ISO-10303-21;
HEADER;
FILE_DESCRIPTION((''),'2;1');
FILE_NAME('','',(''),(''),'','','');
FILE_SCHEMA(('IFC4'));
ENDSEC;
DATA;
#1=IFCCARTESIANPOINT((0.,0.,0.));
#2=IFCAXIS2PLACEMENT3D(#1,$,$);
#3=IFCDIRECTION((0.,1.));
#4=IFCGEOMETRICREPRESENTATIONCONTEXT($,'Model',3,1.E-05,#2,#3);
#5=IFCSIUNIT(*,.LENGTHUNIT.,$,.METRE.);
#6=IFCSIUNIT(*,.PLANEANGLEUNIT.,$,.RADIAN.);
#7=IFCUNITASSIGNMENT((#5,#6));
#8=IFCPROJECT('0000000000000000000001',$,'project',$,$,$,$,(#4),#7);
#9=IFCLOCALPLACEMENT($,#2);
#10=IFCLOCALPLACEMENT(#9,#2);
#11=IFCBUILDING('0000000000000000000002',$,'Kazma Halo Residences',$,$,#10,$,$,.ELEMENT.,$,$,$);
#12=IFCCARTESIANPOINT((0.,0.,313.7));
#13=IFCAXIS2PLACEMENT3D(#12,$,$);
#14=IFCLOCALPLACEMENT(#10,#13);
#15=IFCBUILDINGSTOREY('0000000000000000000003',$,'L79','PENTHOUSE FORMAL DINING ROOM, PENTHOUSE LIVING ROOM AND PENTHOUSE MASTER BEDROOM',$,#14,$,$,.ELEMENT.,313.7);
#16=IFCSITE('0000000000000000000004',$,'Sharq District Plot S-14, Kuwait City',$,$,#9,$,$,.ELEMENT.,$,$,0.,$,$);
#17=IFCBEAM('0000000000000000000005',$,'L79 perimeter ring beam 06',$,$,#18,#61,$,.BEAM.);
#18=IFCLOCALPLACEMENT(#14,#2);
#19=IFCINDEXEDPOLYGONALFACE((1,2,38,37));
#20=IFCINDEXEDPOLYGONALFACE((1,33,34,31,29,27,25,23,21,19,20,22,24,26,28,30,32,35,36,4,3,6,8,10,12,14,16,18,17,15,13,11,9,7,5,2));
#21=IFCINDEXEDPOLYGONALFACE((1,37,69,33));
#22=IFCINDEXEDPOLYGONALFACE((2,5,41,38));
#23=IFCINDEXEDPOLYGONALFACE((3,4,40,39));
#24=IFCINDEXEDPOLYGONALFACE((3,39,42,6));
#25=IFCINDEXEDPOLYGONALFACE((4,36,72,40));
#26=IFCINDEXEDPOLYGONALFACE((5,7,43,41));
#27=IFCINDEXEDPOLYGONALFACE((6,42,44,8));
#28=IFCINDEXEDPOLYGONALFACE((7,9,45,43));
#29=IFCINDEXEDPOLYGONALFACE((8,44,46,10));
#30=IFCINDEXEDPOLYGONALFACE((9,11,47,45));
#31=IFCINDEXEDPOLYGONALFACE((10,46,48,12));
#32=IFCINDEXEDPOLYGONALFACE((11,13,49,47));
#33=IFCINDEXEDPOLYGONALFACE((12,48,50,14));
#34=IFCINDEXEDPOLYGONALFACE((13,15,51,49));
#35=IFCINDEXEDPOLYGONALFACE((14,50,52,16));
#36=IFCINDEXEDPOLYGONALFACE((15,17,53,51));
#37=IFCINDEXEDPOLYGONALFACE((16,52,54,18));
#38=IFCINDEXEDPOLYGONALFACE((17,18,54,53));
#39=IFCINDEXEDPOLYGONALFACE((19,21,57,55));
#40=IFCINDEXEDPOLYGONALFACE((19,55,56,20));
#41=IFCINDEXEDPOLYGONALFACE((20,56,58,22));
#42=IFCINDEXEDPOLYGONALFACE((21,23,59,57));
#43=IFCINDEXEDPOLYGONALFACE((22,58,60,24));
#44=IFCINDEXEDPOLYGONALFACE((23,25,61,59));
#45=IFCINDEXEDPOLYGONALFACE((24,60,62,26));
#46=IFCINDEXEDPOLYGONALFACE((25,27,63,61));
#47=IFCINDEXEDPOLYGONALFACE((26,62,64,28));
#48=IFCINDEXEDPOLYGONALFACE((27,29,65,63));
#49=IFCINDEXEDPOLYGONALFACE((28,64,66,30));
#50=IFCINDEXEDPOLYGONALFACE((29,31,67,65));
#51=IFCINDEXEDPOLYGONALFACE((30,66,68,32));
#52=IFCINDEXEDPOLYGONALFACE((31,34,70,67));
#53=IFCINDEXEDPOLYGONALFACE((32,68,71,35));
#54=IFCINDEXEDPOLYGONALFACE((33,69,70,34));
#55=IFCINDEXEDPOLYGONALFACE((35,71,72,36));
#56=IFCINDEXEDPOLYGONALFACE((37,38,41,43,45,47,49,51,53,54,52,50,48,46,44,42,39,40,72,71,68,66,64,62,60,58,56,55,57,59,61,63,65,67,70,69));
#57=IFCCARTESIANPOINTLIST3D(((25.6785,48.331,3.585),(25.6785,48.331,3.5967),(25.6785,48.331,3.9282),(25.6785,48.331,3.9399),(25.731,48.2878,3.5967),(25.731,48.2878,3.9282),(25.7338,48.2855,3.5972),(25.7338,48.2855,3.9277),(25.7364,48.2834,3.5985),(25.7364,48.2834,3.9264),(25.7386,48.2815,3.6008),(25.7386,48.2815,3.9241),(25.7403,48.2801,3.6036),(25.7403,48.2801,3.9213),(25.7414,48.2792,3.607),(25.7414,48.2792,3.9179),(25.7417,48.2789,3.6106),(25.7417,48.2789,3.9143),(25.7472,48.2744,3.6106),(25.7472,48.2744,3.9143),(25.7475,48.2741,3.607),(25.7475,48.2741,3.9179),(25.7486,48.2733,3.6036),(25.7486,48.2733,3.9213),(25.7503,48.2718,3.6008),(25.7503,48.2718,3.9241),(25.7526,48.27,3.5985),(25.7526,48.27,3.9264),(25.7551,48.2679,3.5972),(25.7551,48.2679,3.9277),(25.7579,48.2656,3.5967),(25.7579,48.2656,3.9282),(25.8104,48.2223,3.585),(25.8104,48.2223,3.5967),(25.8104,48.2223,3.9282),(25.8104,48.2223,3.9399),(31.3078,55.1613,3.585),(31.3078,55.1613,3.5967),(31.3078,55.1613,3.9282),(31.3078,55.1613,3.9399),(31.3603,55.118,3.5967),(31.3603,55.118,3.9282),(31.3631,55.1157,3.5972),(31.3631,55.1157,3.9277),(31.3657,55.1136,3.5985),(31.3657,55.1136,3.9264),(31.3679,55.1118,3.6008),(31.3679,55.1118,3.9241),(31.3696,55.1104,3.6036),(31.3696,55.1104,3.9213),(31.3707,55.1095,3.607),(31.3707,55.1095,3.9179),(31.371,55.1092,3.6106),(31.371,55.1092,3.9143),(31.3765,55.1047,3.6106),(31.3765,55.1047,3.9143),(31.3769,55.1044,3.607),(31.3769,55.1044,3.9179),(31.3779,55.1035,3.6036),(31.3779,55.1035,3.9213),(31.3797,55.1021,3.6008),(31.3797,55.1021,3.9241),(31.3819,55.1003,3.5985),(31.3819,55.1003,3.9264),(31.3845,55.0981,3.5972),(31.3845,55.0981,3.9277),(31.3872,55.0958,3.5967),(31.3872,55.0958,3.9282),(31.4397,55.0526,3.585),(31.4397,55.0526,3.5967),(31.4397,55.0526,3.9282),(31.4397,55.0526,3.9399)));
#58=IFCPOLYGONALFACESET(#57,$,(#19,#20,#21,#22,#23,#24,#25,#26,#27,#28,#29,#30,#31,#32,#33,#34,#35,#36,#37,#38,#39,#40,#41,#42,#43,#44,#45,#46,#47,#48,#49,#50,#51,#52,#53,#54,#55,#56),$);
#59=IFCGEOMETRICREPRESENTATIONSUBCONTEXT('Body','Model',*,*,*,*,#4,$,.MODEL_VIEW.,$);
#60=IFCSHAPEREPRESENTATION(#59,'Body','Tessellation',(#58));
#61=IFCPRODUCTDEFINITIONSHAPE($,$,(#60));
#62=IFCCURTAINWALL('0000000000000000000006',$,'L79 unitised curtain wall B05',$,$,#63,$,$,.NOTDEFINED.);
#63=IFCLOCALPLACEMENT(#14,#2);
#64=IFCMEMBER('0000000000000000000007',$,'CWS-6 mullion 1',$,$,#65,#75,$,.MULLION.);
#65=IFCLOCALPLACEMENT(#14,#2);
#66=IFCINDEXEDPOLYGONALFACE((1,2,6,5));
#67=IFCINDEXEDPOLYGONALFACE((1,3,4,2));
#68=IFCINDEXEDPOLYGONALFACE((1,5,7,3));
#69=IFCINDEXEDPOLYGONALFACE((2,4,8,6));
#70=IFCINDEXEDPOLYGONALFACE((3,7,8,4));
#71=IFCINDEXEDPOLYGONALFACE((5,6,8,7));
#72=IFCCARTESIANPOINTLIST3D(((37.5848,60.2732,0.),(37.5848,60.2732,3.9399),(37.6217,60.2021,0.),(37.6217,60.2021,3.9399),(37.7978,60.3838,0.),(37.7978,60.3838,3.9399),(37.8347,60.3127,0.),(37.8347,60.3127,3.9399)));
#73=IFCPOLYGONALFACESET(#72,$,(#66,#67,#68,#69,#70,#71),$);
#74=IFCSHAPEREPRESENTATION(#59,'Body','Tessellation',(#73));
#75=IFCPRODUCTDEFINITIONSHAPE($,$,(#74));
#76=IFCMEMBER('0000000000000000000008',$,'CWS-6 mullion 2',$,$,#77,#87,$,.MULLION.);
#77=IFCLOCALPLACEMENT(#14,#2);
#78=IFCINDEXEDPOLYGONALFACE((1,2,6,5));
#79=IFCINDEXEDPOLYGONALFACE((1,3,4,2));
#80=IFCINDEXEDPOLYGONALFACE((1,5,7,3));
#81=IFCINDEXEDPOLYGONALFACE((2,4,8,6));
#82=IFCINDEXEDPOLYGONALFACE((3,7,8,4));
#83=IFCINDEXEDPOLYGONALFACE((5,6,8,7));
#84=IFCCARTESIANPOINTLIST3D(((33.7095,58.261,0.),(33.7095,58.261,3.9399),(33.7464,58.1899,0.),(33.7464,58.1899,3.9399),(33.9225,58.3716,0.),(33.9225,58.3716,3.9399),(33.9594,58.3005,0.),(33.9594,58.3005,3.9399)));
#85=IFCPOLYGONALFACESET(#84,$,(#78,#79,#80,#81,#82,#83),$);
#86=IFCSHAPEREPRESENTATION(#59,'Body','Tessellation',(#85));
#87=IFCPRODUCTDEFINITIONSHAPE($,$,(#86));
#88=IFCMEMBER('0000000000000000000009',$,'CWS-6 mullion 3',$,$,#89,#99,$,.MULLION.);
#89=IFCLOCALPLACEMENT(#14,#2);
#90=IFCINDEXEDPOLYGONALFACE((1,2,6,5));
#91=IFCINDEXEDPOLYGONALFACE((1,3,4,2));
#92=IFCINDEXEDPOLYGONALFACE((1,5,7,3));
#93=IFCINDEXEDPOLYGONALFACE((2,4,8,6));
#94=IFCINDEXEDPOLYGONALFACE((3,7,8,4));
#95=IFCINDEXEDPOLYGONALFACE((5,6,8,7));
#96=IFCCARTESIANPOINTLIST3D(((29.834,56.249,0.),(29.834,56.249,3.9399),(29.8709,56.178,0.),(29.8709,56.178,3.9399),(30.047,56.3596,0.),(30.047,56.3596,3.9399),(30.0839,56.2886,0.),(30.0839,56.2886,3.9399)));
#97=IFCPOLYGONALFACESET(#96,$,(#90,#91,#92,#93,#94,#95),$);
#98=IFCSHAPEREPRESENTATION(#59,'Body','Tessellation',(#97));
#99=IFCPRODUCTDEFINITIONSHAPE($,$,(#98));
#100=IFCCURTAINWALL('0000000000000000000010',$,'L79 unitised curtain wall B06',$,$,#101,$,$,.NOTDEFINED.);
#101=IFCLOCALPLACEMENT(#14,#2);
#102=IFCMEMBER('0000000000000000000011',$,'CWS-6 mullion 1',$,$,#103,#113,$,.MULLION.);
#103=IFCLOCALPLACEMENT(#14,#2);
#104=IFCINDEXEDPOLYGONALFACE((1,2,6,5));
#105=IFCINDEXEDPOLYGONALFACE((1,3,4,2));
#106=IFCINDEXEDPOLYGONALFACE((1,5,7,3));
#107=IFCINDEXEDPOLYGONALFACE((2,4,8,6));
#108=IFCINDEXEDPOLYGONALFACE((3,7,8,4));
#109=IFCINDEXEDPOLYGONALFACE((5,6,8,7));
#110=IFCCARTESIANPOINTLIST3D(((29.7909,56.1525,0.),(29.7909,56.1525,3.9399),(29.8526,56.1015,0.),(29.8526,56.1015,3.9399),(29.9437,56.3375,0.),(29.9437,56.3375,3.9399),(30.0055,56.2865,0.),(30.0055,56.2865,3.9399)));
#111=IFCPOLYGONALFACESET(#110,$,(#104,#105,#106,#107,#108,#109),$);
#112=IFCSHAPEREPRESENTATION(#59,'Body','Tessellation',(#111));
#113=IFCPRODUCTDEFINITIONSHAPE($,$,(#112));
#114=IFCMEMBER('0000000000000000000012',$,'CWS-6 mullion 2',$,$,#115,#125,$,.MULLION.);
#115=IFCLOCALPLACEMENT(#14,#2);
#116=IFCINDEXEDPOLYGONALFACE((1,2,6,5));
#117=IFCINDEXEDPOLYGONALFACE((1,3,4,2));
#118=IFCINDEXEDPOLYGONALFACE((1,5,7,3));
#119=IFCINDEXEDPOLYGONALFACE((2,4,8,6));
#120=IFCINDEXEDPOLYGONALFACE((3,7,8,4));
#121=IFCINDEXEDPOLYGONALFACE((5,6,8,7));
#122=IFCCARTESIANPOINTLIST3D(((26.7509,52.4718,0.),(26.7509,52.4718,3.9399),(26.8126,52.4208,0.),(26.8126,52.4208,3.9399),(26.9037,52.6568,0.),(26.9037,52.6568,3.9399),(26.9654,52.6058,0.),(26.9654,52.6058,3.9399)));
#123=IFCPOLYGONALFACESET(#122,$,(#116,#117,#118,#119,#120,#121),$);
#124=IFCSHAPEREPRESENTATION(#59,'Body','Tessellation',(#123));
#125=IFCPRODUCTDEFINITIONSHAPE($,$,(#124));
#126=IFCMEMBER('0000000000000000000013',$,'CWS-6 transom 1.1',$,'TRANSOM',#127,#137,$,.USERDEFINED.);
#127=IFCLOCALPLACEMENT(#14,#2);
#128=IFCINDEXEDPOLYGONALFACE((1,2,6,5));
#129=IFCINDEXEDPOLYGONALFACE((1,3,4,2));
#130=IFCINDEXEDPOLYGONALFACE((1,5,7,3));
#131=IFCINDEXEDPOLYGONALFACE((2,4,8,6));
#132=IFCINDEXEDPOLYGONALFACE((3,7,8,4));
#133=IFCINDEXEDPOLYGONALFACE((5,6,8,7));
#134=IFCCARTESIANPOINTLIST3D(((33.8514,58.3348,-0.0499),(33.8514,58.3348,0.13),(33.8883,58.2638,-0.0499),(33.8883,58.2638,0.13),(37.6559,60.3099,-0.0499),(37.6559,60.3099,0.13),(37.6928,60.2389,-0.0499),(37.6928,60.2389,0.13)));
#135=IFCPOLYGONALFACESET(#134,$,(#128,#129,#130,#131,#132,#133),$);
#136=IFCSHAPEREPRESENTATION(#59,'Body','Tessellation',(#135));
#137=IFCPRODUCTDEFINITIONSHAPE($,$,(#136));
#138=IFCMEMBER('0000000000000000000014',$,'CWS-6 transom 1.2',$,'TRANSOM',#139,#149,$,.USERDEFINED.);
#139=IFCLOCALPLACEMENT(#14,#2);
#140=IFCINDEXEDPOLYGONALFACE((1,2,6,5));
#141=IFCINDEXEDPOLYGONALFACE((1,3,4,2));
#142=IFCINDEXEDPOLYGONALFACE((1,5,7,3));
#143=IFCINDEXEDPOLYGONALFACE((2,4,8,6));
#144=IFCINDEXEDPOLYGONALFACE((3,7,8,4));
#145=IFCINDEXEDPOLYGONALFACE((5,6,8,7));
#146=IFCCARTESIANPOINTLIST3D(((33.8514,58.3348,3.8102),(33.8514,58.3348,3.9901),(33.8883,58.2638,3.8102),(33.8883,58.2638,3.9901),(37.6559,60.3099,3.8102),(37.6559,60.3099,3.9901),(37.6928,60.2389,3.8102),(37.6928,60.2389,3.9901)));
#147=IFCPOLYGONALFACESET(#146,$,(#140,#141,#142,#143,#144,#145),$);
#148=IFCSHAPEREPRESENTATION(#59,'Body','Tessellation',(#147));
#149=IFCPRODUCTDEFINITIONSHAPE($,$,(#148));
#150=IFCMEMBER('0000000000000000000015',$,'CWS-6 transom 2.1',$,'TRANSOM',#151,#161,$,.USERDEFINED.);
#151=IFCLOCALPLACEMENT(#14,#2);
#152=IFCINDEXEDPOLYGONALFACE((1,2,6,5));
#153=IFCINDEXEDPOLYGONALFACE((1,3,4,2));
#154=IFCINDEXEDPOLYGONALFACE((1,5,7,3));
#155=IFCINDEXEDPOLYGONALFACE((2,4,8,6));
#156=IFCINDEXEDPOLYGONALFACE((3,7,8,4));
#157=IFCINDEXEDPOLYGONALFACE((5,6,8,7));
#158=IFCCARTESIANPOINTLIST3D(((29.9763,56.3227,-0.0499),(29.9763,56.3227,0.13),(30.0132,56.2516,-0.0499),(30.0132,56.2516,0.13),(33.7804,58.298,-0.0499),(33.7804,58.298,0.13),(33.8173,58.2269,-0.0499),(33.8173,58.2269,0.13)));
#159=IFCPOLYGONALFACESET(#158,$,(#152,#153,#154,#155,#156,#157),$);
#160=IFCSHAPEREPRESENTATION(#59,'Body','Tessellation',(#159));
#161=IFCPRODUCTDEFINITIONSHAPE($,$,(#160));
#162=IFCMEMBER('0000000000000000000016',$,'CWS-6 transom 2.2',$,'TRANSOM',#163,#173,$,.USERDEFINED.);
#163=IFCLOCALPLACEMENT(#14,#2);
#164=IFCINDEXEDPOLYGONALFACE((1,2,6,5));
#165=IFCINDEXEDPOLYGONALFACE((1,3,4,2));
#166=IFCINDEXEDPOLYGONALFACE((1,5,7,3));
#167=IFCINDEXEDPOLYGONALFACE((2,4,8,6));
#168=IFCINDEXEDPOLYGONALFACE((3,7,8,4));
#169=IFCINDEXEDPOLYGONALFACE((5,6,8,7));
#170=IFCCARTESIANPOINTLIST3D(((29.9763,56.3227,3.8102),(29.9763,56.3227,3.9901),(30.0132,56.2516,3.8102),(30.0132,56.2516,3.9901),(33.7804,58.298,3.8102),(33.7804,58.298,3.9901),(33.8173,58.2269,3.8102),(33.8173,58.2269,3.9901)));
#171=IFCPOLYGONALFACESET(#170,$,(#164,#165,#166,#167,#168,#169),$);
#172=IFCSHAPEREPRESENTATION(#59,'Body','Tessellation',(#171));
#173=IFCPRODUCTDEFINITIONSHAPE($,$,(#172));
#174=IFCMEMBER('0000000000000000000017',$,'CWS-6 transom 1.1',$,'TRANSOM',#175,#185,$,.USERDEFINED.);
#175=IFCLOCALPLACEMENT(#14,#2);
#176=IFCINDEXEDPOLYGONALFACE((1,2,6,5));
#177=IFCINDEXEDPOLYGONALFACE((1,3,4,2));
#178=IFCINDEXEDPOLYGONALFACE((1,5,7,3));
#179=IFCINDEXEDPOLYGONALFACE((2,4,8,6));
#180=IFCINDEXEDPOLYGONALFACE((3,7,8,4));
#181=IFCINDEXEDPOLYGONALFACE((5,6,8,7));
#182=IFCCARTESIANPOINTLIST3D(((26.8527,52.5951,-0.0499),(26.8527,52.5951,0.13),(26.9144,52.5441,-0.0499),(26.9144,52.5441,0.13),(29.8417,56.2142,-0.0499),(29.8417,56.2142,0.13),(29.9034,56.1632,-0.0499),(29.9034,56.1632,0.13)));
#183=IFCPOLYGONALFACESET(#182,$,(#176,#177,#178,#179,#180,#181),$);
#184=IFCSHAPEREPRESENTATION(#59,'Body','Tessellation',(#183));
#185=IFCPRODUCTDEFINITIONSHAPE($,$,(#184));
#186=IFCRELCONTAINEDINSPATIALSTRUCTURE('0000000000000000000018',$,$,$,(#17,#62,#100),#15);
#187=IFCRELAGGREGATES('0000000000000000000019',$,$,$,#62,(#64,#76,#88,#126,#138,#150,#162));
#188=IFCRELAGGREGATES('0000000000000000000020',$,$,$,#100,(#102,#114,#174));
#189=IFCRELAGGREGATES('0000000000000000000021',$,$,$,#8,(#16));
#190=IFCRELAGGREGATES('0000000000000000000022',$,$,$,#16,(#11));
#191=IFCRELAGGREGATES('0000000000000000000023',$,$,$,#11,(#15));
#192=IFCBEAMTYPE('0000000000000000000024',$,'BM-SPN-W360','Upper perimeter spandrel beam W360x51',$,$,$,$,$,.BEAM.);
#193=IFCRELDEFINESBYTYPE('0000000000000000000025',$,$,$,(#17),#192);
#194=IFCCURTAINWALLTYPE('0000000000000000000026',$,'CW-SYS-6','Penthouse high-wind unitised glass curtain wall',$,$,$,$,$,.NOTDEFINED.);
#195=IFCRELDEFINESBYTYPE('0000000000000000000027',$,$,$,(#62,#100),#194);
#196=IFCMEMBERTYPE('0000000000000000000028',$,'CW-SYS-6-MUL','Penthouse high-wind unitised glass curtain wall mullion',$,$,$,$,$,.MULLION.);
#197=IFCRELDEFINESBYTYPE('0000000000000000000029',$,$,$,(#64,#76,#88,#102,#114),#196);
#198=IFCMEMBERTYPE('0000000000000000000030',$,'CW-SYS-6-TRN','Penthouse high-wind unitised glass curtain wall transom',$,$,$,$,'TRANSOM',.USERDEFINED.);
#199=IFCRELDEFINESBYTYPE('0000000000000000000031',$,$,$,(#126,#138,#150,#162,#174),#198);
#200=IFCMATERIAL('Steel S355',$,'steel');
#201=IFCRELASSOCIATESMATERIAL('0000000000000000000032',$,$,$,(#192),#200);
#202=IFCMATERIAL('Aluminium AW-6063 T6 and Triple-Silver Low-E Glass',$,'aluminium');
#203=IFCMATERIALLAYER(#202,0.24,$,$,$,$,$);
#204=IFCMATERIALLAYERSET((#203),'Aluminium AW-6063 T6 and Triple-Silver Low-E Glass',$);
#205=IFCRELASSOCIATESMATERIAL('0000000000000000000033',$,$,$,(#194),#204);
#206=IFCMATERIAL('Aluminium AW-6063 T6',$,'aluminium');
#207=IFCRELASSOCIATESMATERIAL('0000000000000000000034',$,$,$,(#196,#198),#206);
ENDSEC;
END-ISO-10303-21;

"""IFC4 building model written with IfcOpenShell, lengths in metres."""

from ifc_helpers import new_model, si_unit, direction, frame, origin, origin_2d, place, context, subcontext, project, spatial, rectangle, i_section, extrude, material, layer, layer_set, material_profile, profile_set, type_object, element, aggregate, save


model = new_model("IFC4")

# Units and contexts
model_context = context("Model", 3, precision=1e-05, world=origin(), true_north=direction((0.0, 1.0)))
body_context = subcontext(model_context, "Body", "Model", "MODEL_VIEW")
ifc_project = project(units=[si_unit("LENGTHUNIT", "METRE"), si_unit("PLANEANGLEUNIT", "RADIAN")], contexts=[model_context])

# Site, building, storey
site_placement = place(None, origin())
site = spatial("IfcSite", under=ifc_project, at=site_placement, Name="Sharq District Plot S-14, Kuwait City", CompositionType="ELEMENT", RefElevation=0.0)
building_placement = place(site_placement, origin())
building = spatial("IfcBuilding", under=site, at=building_placement, Name="Kazma Halo Residences", CompositionType="ELEMENT")
storey_placement = place(building_placement, frame((0.0, 0.0, 313.7)))
storey = spatial("IfcBuildingStorey", under=building, at=storey_placement, Name="L79", Description="PENTHOUSE FORMAL DINING ROOM, PENTHOUSE LIVING ROOM AND PENTHOUSE MASTER BEDROOM", CompositionType="ELEMENT", Elevation=313.7)

# Beam
ifc_material_1 = material(Name="Steel S355", Category="steel")
ifc_material_profile_1 = material_profile(ifc_material_1, i_section(OverallWidth=0.1709, OverallDepth=0.355, WebThickness=0.0071, FlangeThickness=0.0117, FilletRadius=0.0139, at=origin_2d()), Name="W360x51")
ifc_profile_set_1 = profile_set([ifc_material_profile_1], Name="Steel S355")
beam_type_1 = type_object("IfcBeamType", Name="BM-SPN-W360", Description="Upper perimeter spandrel beam W360x51", PredefinedType="BEAM", material=ifc_profile_set_1)
beam_1_placement = place(storey_placement, frame((31.3738, 55.1069, 3.7625), z_axis=(-0.636005, -0.771685, 0.0), x_axis=(0.771685, -0.636005, 0.0)))
element("IfcBeam", 1, at=beam_1_placement, inside=storey, type_object=beam_type_1, Name="L79 perimeter ring beam 06", PredefinedType="BEAM", context=body_context, shape_type="SweptSolid", body=[
    extrude(i_section(OverallWidth=0.1709, OverallDepth=0.355, WebThickness=0.0071, FlangeThickness=0.0117, FilletRadius=0.0139, at=origin_2d()), origin(), (0.0, 0.0, 1.0), 8.8511),
])

# Curtain walls, members
ifc_material_2 = material(Name="Aluminium AW-6063 T6 and Triple-Silver Low-E Glass", Category="aluminium")
ifc_layer_1 = layer(ifc_material_2, 0.24)
ifc_layer_set_1 = layer_set([ifc_layer_1], Name="Aluminium AW-6063 T6 and Triple-Silver Low-E Glass")
curtain_wall_type = type_object("IfcCurtainWallType", Name="CW-SYS-6", Description="Penthouse high-wind unitised glass curtain wall", PredefinedType="NOTDEFINED", material=ifc_layer_set_1)
curtain_wall_1_placement = place(storey_placement, origin())
curtain_wall_1 = element("IfcCurtainWall", 2, at=curtain_wall_1_placement, inside=storey, type_object=curtain_wall_type, Name="L79 unitised curtain wall B05", PredefinedType="NOTDEFINED")
ifc_material_3 = material(Name="Aluminium AW-6063 T6", Category="aluminium")
ifc_material_profile_2 = material_profile(ifc_material_3, rectangle(XDim=0.0801, YDim=0.24, at=origin_2d()), Name="CWM-80x240")
ifc_profile_set_2 = profile_set([ifc_material_profile_2], Name="Aluminium AW-6063 T6")
member_type_1 = type_object("IfcMemberType", Name="CW-SYS-6-MUL", Description="Penthouse high-wind unitised glass curtain wall mullion", PredefinedType="MULLION", material=ifc_profile_set_2)
member_1_placement = place(storey_placement, frame((37.7097, 60.293, 0.0), z_axis=(0.0, 0.0, 1.0), x_axis=(0.460796, -0.887506, 0.0)))
member_1 = element("IfcMember", 3, at=member_1_placement, type_object=member_type_1, Name="CWS-6 mullion 1", PredefinedType="MULLION", context=body_context, shape_type="SweptSolid", body=[
    extrude(rectangle(XDim=0.0801, YDim=0.24, at=origin_2d()), origin(), (0.0, 0.0, 1.0), 3.9399),
])
member_2_placement = place(storey_placement, frame((33.8345, 58.2808, 0.0), z_axis=(0.0, 0.0, 1.0), x_axis=(0.460796, -0.887506, 0.0)))
member_2 = element("IfcMember", 4, at=member_2_placement, type_object=member_type_1, Name="CWS-6 mullion 2", PredefinedType="MULLION", context=body_context, shape_type="SweptSolid", body=[
    extrude(rectangle(XDim=0.0801, YDim=0.24, at=origin_2d()), origin(), (0.0, 0.0, 1.0), 3.9399),
])
member_3_placement = place(storey_placement, frame((29.959, 56.2688, 0.0), z_axis=(0.0, 0.0, 1.0), x_axis=(0.460796, -0.887506, 0.0)))
member_3 = element("IfcMember", 5, at=member_3_placement, type_object=member_type_1, Name="CWS-6 mullion 3", PredefinedType="MULLION", context=body_context, shape_type="SweptSolid", body=[
    extrude(rectangle(XDim=0.0801, YDim=0.24, at=origin_2d()), origin(), (0.0, 0.0, 1.0), 3.9399),
])
curtain_wall_2_placement = place(storey_placement, origin())
curtain_wall_2 = element("IfcCurtainWall", 6, at=curtain_wall_2_placement, inside=storey, type_object=curtain_wall_type, Name="L79 unitised curtain wall B06", PredefinedType="NOTDEFINED")
member_4_placement = place(storey_placement, frame((29.8982, 56.2195, 0.0), z_axis=(0.0, 0.0, 1.0), x_axis=(0.771014, -0.636818, 0.0)))
member_4 = element("IfcMember", 7, at=member_4_placement, type_object=member_type_1, Name="CWS-6 mullion 1", PredefinedType="MULLION", context=body_context, shape_type="SweptSolid", body=[
    extrude(rectangle(XDim=0.0801, YDim=0.24, at=origin_2d()), origin(), (0.0, 0.0, 1.0), 3.9399),
])
member_5_placement = place(storey_placement, frame((26.8582, 52.5388, 0.0), z_axis=(0.0, 0.0, 1.0), x_axis=(0.771014, -0.636818, 0.0)))
member_5 = element("IfcMember", 8, at=member_5_placement, type_object=member_type_1, Name="CWS-6 mullion 2", PredefinedType="MULLION", context=body_context, shape_type="SweptSolid", body=[
    extrude(rectangle(XDim=0.0801, YDim=0.24, at=origin_2d()), origin(), (0.0, 0.0, 1.0), 3.9399),
])

# Members
ifc_material_profile_3 = material_profile(ifc_material_3, rectangle(XDim=0.0801, YDim=0.1799, at=origin_2d()), Name="CWT-80x180")
ifc_profile_set_3 = profile_set([ifc_material_profile_3], Name="Aluminium AW-6063 T6")
member_type_2 = type_object("IfcMemberType", Name="CW-SYS-6-TRN", Description="Penthouse high-wind unitised glass curtain wall transom", ElementType="TRANSOM", PredefinedType="USERDEFINED", material=ifc_profile_set_3)
member_6_placement = place(storey_placement, frame((37.6743, 60.2744, 0.04), z_axis=(-0.887523, -0.460763, 0.0), x_axis=(0.460763, -0.887523, 0.0)))
member_6 = element("IfcMember", 9, at=member_6_placement, type_object=member_type_2, Name="CWS-6 transom 1.1", ObjectType="TRANSOM", PredefinedType="USERDEFINED", context=body_context, shape_type="SweptSolid", body=[
    extrude(rectangle(XDim=0.0801, YDim=0.1799, at=origin_2d()), origin(), (0.0, 0.0, 1.0), 4.2866),
])
member_7_placement = place(storey_placement, frame((37.6743, 60.2744, 3.9001), z_axis=(-0.887523, -0.460763, 0.0), x_axis=(0.460763, -0.887523, 0.0)))
member_7 = element("IfcMember", 10, at=member_7_placement, type_object=member_type_2, Name="CWS-6 transom 1.2", ObjectType="TRANSOM", PredefinedType="USERDEFINED", context=body_context, shape_type="SweptSolid", body=[
    extrude(rectangle(XDim=0.0801, YDim=0.1799, at=origin_2d()), origin(), (0.0, 0.0, 1.0), 4.2866),
])
member_8_placement = place(storey_placement, frame((33.7988, 58.2625, 0.04), z_axis=(-0.887488, -0.460831, 0.0), x_axis=(0.460831, -0.887488, 0.0)))
member_8 = element("IfcMember", 11, at=member_8_placement, type_object=member_type_2, Name="CWS-6 transom 2.1", ObjectType="TRANSOM", PredefinedType="USERDEFINED", context=body_context, shape_type="SweptSolid", body=[
    extrude(rectangle(XDim=0.0801, YDim=0.1799, at=origin_2d()), origin(), (0.0, 0.0, 1.0), 4.2864),
])
member_9_placement = place(storey_placement, frame((33.7988, 58.2625, 3.9001), z_axis=(-0.887488, -0.460831, 0.0), x_axis=(0.460831, -0.887488, 0.0)))
member_9 = element("IfcMember", 12, at=member_9_placement, type_object=member_type_2, Name="CWS-6 transom 2.2", ObjectType="TRANSOM", PredefinedType="USERDEFINED", context=body_context, shape_type="SweptSolid", body=[
    extrude(rectangle(XDim=0.0801, YDim=0.1799, at=origin_2d()), origin(), (0.0, 0.0, 1.0), 4.2864),
])
member_10_placement = place(storey_placement, frame((29.8726, 56.1887, 0.04), z_axis=(-0.636791, -0.771036, 0.0), x_axis=(0.771036, -0.636791, 0.0)))
member_10 = element("IfcMember", 13, at=member_10_placement, type_object=member_type_2, Name="CWS-6 transom 1.1", ObjectType="TRANSOM", PredefinedType="USERDEFINED", context=body_context, shape_type="SweptSolid", body=[
    extrude(rectangle(XDim=0.0801, YDim=0.1799, at=origin_2d()), origin(), (0.0, 0.0, 1.0), 4.6938),
])

aggregate(curtain_wall_1, [member_1, member_2, member_3, member_6, member_7, member_8, member_9])
aggregate(curtain_wall_2, [member_4, member_5, member_10])

save(model, "model.ifc")
